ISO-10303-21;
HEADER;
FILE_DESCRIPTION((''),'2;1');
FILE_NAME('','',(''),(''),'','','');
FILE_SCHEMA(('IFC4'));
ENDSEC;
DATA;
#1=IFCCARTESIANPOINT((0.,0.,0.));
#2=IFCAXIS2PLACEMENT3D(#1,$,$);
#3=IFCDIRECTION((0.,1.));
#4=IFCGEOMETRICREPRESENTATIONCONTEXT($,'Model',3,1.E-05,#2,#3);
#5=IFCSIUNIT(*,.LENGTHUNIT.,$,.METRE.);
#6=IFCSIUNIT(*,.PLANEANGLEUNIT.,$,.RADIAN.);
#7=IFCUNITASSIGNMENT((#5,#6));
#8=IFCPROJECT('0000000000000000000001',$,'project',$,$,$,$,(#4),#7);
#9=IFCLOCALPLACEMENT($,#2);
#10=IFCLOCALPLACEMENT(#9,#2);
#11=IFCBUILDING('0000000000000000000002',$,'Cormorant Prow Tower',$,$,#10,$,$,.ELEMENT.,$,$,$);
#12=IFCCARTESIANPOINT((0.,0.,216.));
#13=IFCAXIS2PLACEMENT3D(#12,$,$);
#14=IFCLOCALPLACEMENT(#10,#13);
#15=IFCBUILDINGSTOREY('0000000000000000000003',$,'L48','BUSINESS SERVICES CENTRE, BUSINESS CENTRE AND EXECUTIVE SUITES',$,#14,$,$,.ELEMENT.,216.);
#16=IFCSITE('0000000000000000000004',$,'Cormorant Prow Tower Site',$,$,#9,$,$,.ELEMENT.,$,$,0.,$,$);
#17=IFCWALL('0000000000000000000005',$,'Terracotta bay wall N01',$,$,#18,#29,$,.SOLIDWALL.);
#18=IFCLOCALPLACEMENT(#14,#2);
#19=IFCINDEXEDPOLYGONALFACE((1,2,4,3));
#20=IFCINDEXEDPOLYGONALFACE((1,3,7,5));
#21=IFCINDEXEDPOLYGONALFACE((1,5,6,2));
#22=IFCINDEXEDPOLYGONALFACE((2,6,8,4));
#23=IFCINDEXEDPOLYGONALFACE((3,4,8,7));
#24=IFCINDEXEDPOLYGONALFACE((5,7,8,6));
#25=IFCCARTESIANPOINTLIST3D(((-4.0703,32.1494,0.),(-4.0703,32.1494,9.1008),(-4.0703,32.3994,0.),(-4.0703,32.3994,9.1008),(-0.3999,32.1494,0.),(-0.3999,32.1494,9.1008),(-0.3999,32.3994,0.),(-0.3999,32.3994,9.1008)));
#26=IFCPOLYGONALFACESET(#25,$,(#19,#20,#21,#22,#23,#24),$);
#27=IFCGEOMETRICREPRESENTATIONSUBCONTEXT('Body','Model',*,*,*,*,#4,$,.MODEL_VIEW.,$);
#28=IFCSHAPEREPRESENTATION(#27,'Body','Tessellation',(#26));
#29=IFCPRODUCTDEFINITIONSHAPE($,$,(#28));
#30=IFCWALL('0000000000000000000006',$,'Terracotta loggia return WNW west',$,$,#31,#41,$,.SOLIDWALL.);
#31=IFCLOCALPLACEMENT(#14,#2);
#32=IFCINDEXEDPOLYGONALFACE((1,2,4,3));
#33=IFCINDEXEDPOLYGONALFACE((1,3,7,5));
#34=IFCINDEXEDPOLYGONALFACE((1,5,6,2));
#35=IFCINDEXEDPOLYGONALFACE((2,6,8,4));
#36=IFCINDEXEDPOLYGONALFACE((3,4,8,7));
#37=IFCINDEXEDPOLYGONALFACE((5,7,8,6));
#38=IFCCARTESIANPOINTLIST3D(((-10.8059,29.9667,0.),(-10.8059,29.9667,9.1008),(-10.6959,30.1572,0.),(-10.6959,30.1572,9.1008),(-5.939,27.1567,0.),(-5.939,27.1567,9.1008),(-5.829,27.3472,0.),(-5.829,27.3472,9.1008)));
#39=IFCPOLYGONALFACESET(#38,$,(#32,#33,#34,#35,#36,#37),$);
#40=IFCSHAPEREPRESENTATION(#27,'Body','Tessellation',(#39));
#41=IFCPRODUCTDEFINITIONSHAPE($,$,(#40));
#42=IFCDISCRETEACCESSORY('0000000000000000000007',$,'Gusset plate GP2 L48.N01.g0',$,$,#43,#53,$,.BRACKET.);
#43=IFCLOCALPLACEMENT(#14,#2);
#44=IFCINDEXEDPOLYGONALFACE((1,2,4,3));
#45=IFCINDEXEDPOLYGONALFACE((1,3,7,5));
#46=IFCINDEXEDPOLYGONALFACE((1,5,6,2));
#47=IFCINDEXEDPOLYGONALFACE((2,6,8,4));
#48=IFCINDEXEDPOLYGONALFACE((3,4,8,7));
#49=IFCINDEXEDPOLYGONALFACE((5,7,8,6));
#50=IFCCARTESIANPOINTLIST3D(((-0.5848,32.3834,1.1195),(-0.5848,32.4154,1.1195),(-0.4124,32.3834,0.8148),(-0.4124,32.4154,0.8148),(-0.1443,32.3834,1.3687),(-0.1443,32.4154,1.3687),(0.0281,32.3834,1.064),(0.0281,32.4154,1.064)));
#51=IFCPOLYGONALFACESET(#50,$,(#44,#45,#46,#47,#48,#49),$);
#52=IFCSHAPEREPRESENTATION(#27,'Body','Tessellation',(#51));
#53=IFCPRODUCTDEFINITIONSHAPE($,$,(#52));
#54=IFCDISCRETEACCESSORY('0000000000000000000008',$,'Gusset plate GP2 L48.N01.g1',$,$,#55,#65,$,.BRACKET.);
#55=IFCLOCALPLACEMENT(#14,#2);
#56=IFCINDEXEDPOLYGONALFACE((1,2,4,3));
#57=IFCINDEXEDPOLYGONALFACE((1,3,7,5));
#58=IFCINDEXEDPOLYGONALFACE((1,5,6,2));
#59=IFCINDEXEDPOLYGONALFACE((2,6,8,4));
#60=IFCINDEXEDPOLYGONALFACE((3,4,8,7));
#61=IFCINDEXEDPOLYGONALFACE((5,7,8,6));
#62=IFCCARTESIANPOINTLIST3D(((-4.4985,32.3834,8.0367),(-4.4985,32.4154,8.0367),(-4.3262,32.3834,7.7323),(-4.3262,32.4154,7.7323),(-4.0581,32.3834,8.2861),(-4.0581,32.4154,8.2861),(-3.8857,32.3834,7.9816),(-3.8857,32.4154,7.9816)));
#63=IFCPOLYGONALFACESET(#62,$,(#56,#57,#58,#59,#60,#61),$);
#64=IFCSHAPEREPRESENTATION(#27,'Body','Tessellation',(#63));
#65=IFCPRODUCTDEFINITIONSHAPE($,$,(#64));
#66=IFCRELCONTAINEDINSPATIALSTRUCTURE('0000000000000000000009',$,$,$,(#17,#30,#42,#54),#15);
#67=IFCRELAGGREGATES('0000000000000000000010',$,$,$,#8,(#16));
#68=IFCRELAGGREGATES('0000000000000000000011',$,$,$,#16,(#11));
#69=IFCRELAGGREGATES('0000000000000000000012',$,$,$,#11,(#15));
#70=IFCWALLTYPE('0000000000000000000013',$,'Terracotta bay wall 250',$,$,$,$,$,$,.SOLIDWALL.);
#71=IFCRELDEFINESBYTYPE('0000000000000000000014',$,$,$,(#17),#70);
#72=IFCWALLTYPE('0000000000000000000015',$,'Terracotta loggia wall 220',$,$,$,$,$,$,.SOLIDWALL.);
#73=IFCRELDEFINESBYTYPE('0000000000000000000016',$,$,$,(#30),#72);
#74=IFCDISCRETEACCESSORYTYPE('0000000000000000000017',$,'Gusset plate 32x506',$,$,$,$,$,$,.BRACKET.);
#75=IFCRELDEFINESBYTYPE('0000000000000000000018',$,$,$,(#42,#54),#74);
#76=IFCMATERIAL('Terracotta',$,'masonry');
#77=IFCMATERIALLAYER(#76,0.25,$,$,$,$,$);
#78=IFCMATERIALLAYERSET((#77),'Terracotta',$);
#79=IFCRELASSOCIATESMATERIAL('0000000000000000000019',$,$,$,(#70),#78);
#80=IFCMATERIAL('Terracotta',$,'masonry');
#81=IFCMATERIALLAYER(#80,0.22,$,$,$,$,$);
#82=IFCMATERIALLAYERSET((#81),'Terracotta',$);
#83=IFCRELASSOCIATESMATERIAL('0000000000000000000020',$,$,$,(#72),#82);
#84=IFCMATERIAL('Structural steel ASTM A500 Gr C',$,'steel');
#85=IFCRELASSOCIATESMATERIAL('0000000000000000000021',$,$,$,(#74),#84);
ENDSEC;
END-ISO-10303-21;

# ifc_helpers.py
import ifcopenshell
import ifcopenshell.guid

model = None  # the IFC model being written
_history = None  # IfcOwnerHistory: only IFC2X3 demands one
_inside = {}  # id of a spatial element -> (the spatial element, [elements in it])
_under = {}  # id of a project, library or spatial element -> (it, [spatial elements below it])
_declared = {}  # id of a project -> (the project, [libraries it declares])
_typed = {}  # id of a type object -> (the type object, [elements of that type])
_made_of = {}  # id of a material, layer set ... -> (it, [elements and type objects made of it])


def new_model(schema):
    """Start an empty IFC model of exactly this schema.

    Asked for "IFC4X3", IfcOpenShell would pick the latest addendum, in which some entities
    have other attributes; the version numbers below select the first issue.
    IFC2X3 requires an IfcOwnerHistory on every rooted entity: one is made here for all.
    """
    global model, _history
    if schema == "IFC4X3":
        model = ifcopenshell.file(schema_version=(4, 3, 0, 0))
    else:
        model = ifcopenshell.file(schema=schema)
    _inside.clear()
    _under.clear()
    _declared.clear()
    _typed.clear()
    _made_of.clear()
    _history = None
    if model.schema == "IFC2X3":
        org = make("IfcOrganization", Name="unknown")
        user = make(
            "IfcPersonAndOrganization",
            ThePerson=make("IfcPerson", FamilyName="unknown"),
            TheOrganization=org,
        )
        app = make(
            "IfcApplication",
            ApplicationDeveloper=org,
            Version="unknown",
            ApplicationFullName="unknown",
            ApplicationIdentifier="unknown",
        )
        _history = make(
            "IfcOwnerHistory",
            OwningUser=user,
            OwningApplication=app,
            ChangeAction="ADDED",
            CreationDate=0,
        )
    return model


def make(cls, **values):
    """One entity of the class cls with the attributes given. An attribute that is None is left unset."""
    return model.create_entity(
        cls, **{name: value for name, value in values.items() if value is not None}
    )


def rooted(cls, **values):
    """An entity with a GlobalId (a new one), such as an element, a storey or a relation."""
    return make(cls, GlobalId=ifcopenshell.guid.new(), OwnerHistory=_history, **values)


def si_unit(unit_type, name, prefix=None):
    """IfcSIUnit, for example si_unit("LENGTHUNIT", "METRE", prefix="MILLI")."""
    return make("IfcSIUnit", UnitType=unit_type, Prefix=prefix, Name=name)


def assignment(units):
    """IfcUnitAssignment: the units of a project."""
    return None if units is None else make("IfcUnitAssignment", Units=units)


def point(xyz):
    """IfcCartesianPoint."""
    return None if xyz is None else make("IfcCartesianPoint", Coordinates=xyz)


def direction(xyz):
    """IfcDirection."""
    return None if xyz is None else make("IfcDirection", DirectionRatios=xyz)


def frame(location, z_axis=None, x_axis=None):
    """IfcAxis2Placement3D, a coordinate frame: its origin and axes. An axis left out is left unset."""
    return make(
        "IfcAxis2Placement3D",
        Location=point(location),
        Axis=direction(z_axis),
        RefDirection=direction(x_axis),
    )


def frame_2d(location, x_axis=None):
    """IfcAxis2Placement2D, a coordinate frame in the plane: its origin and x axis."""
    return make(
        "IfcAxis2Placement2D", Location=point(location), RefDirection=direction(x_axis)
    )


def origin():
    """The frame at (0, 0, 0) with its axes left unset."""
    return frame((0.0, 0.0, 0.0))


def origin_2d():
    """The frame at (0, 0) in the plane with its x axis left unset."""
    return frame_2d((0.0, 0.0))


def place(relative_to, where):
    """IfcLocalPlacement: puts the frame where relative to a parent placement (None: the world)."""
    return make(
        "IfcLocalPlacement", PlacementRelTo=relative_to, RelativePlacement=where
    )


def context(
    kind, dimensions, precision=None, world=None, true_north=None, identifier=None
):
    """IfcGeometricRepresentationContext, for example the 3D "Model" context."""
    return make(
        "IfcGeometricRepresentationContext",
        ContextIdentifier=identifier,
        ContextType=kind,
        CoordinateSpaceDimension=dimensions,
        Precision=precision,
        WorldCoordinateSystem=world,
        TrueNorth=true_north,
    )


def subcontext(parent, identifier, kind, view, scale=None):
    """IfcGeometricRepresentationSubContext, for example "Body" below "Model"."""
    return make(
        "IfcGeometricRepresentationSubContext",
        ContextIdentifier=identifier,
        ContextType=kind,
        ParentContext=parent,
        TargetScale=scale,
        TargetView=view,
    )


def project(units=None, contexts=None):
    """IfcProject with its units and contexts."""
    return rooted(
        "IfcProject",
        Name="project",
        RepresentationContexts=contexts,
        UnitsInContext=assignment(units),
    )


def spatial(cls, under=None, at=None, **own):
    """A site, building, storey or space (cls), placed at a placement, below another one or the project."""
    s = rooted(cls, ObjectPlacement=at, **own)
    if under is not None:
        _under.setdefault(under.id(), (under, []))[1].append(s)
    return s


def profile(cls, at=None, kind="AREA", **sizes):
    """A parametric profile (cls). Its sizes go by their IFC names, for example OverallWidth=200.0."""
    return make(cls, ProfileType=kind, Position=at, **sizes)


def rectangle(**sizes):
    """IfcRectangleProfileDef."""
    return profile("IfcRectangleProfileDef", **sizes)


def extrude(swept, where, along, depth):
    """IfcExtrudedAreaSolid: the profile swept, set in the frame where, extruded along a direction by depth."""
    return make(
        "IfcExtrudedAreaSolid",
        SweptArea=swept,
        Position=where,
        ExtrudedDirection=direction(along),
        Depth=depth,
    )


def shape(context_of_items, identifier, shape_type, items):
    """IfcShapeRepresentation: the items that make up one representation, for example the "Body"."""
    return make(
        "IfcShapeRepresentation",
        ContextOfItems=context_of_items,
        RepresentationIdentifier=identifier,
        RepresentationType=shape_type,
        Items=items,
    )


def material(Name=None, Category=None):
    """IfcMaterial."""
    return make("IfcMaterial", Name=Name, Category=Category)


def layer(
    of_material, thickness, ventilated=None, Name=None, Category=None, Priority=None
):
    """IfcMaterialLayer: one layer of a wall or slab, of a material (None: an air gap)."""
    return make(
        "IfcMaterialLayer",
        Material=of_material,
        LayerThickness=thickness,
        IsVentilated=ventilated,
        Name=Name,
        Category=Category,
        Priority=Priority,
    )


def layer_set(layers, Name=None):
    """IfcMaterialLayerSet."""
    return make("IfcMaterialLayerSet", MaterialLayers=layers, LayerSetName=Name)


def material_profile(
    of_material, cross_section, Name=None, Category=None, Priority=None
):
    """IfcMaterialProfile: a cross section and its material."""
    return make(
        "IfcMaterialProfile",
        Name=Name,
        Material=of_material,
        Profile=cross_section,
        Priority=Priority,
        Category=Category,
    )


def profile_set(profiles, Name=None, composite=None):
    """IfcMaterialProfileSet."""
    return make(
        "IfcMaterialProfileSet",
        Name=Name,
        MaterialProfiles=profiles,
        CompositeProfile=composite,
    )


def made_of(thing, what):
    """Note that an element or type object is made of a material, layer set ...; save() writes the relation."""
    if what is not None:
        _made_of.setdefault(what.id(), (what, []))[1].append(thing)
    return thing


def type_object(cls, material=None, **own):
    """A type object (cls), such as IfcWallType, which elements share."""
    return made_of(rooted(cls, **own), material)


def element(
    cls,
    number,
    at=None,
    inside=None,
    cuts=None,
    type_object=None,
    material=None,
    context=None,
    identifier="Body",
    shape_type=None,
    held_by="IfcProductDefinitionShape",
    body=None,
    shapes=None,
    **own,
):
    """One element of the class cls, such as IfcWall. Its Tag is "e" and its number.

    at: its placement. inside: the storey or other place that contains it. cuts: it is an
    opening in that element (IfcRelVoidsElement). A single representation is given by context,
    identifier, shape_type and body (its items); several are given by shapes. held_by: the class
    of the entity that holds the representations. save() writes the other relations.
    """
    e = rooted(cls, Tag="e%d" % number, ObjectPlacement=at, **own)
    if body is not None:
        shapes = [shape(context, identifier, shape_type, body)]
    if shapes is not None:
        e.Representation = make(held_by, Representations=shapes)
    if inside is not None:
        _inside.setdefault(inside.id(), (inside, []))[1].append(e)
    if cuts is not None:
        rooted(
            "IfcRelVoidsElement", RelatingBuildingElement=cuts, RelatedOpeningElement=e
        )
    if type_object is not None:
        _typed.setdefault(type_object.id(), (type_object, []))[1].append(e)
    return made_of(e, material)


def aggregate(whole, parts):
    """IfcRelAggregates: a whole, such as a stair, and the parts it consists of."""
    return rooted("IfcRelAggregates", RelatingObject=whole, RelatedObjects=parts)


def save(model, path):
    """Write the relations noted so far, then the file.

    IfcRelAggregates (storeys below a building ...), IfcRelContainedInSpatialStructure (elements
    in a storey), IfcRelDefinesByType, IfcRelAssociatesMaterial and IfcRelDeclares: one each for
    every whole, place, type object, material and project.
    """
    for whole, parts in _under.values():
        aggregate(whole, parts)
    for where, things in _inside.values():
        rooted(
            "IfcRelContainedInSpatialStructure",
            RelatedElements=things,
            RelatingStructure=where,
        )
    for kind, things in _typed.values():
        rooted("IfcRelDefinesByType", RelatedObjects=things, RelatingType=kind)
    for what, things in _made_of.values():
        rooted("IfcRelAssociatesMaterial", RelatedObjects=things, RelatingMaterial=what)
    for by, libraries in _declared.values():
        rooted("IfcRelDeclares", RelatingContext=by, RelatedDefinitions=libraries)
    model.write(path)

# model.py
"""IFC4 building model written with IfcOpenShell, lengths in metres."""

from ifc_helpers import new_model, si_unit, direction, frame, frame_2d, origin, origin_2d, place, context, subcontext, project, spatial, rectangle, extrude, material, layer, layer_set, material_profile, profile_set, type_object, element, save


model = new_model("IFC4")

# Units and contexts
model_context = context("Model", 3, precision=1e-05, world=origin(), true_north=direction((0.0, 1.0)))
body_context = subcontext(model_context, "Body", "Model", "MODEL_VIEW")
ifc_project = project(units=[si_unit("LENGTHUNIT", "METRE"), si_unit("PLANEANGLEUNIT", "RADIAN")], contexts=[model_context])

# Site, building, storey
site_placement = place(None, origin())
site = spatial("IfcSite", under=ifc_project, at=site_placement, Name="Cormorant Prow Tower Site", CompositionType="ELEMENT", RefElevation=0.0)
building_placement = place(site_placement, origin())
building = spatial("IfcBuilding", under=site, at=building_placement, Name="Cormorant Prow Tower", CompositionType="ELEMENT")
storey_placement = place(building_placement, frame((0.0, 0.0, 216.0)))
storey = spatial("IfcBuildingStorey", under=building, at=storey_placement, Name="L48", Description="BUSINESS SERVICES CENTRE, BUSINESS CENTRE AND EXECUTIVE SUITES", CompositionType="ELEMENT", Elevation=216.0)

# Walls
ifc_material_1 = material(Name="Terracotta", Category="masonry")
ifc_layer_1 = layer(ifc_material_1, 0.25)
ifc_layer_set_1 = layer_set([ifc_layer_1], Name="Terracotta")
wall_type_1 = type_object("IfcWallType", Name="Terracotta bay wall 250", PredefinedType="SOLIDWALL", material=ifc_layer_set_1)
wall_1_placement = place(storey_placement, frame((-0.3999, 32.2744, 0.0), z_axis=(0.0, 0.0, 1.0), x_axis=(-1.0, 0.0, 0.0)))
element("IfcWall", 1, at=wall_1_placement, inside=storey, type_object=wall_type_1, Name="Terracotta bay wall N01", PredefinedType="SOLIDWALL", context=body_context, shape_type="SweptSolid", body=[
    extrude(rectangle(XDim=3.6704, YDim=0.25, at=frame_2d((1.8352, 0.0))), origin(), (0.0, 0.0, 1.0), 9.1008),
])
ifc_material_2 = material(Name="Terracotta", Category="masonry")
ifc_layer_2 = layer(ifc_material_2, 0.22)
ifc_layer_set_2 = layer_set([ifc_layer_2], Name="Terracotta")
wall_type_2 = type_object("IfcWallType", Name="Terracotta loggia wall 220", PredefinedType="SOLIDWALL", material=ifc_layer_set_2)
wall_2_placement = place(storey_placement, frame((-10.751, 30.062, 0.0), z_axis=(0.0, 0.0, 1.0), x_axis=(0.866016, -0.500017, 0.0)))
element("IfcWall", 2, at=wall_2_placement, inside=storey, type_object=wall_type_2, Name="Terracotta loggia return WNW west", PredefinedType="SOLIDWALL", context=body_context, shape_type="SweptSolid", body=[
    extrude(rectangle(XDim=5.6199, YDim=0.22, at=frame_2d((2.8101, 0.0))), origin(), (0.0, 0.0, 1.0), 9.1008),
])

# Discrete accessories
ifc_material_3 = material(Name="Structural steel ASTM A500 Gr C", Category="steel")
ifc_material_profile_1 = material_profile(ifc_material_3, rectangle(XDim=0.032, YDim=0.5061, at=origin_2d()), Name="Gusset plate 32x506")
ifc_profile_set_1 = profile_set([ifc_material_profile_1], Name="Structural steel ASTM A500 Gr C")
discrete_accessory_type = type_object("IfcDiscreteAccessoryType", Name="Gusset plate 32x506", PredefinedType="BRACKET", material=ifc_profile_set_1)
discrete_accessory_1_placement = place(storey_placement, frame((-0.3645, 32.3994, 1.2441), z_axis=(0.492379, 0.0, -0.870381), x_axis=(0.0, 1.0, 0.0)))
element("IfcDiscreteAccessory", 3, at=discrete_accessory_1_placement, inside=storey, type_object=discrete_accessory_type, Name="Gusset plate GP2 L48.N01.g0", PredefinedType="BRACKET", context=body_context, shape_type="SweptSolid", body=[
    extrude(rectangle(XDim=0.032, YDim=0.5061, at=origin_2d()), origin(), (0.0, 0.0, 1.0), 0.3501),
])
discrete_accessory_2_placement = place(storey_placement, frame((-4.106, 32.3994, 7.8569), z_axis=(-0.492678, 0.0, 0.870212), x_axis=(0.0, -1.0, 0.0)))
element("IfcDiscreteAccessory", 4, at=discrete_accessory_2_placement, inside=storey, type_object=discrete_accessory_type, Name="Gusset plate GP2 L48.N01.g1", PredefinedType="BRACKET", context=body_context, shape_type="SweptSolid", body=[
    extrude(rectangle(XDim=0.032, YDim=0.5061, at=origin_2d()), origin(), (0.0, 0.0, 1.0), 0.3499),
])

save(model, "model.ifc")
